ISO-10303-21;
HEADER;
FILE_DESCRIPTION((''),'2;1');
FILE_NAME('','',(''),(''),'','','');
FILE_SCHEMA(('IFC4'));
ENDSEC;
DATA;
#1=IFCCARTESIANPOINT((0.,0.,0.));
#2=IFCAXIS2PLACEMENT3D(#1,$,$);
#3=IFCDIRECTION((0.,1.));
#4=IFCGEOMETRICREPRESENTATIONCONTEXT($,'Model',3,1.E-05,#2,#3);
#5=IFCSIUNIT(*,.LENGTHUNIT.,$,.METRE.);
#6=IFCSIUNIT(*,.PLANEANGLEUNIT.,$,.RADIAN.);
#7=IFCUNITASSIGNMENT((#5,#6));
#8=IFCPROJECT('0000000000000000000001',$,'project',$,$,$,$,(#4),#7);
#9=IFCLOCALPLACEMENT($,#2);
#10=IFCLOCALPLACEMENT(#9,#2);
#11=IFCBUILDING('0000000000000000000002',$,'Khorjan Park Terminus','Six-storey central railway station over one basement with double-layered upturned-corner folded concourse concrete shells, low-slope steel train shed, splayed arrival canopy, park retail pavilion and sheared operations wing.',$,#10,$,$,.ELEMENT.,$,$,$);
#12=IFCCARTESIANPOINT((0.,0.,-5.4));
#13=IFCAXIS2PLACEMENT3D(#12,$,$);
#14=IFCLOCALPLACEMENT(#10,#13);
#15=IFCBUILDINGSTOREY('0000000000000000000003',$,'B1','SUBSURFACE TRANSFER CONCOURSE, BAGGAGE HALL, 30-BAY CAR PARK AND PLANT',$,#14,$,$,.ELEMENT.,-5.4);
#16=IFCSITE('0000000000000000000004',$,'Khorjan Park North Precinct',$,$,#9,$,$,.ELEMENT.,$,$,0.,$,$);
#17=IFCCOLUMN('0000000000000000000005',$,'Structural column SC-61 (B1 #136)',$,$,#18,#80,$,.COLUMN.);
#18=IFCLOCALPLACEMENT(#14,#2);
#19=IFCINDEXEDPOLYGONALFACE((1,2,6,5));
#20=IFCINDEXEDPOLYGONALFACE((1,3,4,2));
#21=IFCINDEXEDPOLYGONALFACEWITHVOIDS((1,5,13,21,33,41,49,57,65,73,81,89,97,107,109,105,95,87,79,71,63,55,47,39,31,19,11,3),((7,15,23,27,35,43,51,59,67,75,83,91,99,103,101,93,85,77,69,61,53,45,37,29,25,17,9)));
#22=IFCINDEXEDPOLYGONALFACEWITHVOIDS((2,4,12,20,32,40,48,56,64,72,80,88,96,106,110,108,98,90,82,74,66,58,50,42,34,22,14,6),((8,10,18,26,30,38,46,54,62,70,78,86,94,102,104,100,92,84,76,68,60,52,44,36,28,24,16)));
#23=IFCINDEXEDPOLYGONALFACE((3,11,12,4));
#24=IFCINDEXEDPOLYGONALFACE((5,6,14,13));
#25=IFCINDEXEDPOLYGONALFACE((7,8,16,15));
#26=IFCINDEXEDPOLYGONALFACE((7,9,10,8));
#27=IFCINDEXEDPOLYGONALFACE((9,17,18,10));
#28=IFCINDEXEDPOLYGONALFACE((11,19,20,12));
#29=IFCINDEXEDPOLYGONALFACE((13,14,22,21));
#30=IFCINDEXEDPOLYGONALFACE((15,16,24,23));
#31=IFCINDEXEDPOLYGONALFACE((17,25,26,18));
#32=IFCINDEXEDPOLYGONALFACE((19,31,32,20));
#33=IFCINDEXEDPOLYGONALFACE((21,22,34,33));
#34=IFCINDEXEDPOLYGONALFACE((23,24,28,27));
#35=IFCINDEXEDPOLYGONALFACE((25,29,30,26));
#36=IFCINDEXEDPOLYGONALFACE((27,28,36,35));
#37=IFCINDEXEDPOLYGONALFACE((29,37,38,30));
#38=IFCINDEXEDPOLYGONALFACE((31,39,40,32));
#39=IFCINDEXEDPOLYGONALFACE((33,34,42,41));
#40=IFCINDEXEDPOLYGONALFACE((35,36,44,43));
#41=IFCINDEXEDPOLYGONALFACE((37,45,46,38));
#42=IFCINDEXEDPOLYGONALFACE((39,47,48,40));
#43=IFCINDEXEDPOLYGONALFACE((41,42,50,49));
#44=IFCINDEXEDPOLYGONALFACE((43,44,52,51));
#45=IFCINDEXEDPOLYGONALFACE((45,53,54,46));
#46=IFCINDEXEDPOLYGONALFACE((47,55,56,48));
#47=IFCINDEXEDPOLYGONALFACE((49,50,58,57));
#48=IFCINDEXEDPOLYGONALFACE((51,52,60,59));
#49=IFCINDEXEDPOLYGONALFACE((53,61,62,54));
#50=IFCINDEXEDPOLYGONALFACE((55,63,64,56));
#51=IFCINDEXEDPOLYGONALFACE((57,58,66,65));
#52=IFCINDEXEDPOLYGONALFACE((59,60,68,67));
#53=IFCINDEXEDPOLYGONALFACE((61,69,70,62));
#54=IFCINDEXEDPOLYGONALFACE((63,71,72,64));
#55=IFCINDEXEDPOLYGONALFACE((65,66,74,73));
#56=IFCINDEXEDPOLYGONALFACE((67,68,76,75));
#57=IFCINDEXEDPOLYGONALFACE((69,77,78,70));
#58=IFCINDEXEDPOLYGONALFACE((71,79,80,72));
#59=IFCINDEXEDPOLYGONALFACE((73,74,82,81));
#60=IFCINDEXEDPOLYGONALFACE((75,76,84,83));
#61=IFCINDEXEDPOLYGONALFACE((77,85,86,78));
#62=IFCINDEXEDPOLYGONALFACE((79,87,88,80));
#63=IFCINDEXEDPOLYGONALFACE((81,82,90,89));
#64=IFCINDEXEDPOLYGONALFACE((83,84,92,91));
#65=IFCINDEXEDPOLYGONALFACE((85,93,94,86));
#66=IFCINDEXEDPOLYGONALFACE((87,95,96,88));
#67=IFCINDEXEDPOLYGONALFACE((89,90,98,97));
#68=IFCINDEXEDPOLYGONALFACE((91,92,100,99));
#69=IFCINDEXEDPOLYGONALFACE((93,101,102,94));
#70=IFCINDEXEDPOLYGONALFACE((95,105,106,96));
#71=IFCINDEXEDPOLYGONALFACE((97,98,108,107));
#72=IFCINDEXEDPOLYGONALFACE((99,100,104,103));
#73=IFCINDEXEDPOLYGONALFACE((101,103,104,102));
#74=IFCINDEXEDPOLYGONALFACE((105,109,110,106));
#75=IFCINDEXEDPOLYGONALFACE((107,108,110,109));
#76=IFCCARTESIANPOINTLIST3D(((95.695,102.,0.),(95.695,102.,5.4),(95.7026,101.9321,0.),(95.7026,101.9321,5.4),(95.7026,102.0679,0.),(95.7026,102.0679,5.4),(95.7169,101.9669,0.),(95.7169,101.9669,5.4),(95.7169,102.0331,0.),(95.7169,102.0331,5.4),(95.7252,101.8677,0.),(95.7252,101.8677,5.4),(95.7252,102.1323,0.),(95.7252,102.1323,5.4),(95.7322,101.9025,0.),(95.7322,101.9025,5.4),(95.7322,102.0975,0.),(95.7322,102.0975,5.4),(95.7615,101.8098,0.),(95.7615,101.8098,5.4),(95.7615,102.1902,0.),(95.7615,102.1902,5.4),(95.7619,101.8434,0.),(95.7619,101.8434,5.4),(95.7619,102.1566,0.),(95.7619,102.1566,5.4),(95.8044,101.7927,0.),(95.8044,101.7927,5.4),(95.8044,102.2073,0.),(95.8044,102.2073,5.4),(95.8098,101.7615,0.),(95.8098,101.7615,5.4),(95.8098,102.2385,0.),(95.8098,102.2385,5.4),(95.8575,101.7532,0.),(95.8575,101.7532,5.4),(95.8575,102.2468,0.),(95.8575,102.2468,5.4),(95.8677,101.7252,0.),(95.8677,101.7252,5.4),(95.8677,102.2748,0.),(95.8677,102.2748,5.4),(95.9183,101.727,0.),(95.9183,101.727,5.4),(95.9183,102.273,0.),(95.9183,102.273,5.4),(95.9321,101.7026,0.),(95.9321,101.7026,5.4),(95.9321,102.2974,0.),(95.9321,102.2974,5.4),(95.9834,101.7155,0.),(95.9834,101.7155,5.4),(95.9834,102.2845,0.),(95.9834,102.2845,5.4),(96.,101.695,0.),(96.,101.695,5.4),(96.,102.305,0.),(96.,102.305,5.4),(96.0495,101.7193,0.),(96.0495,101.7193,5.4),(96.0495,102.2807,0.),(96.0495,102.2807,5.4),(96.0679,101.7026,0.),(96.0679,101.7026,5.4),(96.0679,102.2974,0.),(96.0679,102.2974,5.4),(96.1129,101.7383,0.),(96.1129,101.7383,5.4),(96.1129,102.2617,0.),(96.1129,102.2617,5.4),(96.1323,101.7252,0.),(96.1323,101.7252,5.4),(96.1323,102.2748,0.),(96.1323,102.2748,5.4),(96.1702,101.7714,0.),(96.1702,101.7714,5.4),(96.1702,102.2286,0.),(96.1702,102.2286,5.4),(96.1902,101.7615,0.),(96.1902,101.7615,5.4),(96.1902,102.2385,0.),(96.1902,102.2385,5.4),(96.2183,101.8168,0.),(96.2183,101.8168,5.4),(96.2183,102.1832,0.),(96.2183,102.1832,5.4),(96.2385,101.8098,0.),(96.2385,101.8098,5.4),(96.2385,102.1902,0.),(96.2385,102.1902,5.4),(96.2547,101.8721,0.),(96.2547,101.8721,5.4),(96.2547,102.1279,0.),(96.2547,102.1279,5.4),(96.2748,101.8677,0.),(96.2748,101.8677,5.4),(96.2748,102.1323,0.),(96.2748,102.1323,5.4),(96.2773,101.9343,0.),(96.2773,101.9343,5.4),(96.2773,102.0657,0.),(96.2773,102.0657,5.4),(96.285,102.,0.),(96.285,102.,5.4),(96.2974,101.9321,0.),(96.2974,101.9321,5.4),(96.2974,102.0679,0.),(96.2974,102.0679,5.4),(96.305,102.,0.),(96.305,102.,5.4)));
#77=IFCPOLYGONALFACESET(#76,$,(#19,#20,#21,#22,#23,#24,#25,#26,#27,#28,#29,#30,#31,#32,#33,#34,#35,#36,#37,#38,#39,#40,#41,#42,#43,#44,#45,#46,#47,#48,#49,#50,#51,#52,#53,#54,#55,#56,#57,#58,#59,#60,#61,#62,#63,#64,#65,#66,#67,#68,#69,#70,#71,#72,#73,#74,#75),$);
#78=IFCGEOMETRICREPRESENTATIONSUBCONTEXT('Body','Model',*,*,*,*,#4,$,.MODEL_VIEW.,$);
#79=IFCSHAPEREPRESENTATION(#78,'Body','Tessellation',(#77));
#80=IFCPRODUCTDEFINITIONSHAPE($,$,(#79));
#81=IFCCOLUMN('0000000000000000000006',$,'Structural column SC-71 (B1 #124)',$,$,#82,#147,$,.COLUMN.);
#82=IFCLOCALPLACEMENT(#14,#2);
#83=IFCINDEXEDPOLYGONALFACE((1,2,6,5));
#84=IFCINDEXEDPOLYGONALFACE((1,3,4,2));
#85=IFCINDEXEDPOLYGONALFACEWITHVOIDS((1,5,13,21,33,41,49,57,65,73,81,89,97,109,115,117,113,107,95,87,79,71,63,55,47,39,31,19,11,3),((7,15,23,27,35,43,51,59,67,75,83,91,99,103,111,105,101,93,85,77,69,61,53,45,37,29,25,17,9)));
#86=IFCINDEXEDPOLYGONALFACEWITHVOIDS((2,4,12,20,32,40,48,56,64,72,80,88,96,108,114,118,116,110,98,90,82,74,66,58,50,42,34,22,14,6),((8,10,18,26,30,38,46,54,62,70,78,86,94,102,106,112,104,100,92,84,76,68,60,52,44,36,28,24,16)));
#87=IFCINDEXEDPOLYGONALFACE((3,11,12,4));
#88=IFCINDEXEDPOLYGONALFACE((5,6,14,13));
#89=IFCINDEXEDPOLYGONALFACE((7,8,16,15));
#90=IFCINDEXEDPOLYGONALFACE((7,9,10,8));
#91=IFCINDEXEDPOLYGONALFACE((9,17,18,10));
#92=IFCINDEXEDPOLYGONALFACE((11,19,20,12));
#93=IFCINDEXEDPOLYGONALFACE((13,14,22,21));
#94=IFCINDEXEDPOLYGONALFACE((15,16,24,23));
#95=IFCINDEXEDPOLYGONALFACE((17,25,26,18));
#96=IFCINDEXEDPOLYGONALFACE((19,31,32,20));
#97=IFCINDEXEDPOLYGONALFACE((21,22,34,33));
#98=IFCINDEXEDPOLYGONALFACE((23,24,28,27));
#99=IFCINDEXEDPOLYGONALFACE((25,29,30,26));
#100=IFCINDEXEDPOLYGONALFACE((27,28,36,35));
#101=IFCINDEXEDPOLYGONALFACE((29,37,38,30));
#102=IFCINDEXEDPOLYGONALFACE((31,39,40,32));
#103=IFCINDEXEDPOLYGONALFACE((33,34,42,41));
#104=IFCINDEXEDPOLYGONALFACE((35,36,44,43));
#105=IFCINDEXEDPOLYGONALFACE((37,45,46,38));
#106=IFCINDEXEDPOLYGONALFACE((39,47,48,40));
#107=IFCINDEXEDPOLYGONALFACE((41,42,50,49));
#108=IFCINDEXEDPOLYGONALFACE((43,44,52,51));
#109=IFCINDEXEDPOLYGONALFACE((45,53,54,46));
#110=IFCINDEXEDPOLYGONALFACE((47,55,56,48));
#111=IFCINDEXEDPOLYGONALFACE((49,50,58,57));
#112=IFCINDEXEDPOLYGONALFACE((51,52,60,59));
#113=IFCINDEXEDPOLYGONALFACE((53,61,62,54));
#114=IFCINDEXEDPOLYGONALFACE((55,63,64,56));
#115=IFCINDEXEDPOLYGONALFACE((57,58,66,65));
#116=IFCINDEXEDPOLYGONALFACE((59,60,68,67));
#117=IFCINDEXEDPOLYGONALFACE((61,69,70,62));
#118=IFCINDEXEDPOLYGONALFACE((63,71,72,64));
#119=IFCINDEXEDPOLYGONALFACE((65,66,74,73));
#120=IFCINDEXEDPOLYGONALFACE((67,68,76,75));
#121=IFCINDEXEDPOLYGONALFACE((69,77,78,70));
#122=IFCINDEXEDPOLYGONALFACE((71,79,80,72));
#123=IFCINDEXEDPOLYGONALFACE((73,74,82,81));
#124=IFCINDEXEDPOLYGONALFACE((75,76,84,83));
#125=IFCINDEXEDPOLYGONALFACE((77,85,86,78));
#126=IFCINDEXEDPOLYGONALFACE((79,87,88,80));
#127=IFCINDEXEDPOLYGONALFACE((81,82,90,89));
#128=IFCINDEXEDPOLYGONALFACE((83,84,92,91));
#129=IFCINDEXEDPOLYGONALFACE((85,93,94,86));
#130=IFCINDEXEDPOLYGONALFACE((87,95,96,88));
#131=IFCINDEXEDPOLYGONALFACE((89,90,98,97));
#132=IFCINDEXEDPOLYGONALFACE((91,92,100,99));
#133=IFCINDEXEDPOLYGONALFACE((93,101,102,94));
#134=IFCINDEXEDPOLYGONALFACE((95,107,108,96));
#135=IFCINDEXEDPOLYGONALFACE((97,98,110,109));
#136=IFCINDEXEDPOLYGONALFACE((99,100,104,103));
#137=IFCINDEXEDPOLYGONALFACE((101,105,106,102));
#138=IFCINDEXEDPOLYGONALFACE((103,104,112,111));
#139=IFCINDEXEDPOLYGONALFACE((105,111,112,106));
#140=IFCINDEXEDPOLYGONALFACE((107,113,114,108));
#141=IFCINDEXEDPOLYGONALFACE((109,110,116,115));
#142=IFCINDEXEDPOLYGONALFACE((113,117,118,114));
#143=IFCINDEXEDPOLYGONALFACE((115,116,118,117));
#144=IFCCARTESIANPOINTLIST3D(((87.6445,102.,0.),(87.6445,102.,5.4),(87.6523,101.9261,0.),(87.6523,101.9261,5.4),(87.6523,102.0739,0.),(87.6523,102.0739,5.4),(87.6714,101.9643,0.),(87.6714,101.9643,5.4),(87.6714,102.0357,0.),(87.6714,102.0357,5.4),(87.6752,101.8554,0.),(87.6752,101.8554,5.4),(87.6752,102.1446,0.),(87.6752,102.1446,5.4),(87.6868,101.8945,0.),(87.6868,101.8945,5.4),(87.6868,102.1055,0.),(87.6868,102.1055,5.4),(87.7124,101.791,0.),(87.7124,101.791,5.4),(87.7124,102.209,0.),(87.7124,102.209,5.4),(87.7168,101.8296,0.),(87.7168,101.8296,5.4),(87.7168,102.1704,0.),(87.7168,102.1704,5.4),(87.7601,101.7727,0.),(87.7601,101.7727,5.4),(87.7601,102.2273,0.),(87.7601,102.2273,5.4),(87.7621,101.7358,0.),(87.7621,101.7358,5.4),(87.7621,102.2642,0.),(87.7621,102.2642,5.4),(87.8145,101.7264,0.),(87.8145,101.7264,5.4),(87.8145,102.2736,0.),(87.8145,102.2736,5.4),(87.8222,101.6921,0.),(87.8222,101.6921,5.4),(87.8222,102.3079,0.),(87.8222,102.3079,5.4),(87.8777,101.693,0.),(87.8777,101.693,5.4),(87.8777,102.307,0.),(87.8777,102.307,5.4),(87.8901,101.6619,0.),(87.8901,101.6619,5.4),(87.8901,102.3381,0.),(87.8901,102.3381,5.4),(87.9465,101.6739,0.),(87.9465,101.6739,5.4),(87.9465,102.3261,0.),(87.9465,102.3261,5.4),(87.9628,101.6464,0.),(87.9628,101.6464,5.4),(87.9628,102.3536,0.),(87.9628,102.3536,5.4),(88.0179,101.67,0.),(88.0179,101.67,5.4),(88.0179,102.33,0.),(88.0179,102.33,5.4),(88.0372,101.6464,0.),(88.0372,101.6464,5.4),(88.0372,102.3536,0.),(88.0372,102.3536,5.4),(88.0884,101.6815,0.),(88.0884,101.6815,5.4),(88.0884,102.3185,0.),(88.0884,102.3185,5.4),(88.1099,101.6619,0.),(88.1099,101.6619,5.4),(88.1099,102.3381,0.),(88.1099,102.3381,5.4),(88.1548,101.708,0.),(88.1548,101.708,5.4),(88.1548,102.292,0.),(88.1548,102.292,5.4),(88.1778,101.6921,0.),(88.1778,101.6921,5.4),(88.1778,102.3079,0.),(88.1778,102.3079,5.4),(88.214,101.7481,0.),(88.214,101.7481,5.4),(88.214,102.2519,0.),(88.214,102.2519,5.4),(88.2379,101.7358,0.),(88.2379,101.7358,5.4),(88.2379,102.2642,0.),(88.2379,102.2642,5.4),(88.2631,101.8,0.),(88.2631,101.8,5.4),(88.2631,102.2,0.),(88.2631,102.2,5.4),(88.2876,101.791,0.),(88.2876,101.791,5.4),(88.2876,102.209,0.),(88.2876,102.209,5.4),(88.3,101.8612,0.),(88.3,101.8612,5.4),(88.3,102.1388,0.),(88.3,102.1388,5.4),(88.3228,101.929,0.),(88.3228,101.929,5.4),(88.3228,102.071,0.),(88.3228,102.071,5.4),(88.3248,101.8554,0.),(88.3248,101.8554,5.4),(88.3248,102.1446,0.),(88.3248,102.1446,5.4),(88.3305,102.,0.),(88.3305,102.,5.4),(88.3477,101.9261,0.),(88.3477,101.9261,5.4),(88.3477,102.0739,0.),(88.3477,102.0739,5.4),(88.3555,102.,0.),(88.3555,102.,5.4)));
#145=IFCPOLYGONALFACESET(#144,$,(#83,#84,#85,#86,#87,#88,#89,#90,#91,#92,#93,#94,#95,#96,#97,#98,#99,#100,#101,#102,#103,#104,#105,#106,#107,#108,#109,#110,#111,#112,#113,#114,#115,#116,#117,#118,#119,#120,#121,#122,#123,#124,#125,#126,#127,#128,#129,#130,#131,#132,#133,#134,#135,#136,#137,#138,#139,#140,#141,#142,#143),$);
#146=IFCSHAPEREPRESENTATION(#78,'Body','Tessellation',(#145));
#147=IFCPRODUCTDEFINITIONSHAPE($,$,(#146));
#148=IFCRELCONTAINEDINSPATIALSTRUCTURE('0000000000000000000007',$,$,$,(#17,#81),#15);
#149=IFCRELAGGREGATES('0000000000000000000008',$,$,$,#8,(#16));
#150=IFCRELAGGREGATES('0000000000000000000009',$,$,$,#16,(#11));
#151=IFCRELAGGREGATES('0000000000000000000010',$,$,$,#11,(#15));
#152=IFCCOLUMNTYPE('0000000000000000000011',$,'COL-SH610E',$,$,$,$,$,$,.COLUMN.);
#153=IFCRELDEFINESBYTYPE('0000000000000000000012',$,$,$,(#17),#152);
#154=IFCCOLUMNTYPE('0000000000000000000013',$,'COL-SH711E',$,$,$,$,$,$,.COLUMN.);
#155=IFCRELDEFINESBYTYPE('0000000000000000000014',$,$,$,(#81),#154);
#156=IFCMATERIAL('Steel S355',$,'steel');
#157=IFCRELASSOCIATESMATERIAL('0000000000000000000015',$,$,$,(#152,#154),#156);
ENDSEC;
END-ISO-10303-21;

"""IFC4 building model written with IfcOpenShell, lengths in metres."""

from ifc_helpers import new_model, si_unit, direction, frame, origin, origin_2d, place, context, subcontext, project, spatial, hollow_circle, extrude, material, material_profile, profile_set, type_object, element, save


model = new_model("IFC4")

# Units and contexts
model_context = context("Model", 3, precision=1e-05, world=origin(), true_north=direction((0.0, 1.0)))
body_context = subcontext(model_context, "Body", "Model", "MODEL_VIEW")
ifc_project = project(units=[si_unit("LENGTHUNIT", "METRE"), si_unit("PLANEANGLEUNIT", "RADIAN")], contexts=[model_context])

# Site, building, storey
site_placement = place(None, origin())
site = spatial("IfcSite", under=ifc_project, at=site_placement, Name="Khorjan Park North Precinct", CompositionType="ELEMENT", RefElevation=0.0)
building_placement = place(site_placement, origin())
building = spatial("IfcBuilding", under=site, at=building_placement, Name="Khorjan Park Terminus", Description="Six-storey central railway station over one basement with double-layered upturned-corner folded concourse concrete shells, low-slope steel train shed, splayed arrival canopy, park retail pavilion and sheared operations wing.", CompositionType="ELEMENT")
storey_placement = place(building_placement, frame((0.0, 0.0, -5.4)))
storey = spatial("IfcBuildingStorey", under=building, at=storey_placement, Name="B1", Description="SUBSURFACE TRANSFER CONCOURSE, BAGGAGE HALL, 30-BAY CAR PARK AND PLANT", CompositionType="ELEMENT", Elevation=-5.4)

# Columns
ifc_material_1 = material(Name="Steel S355", Category="steel")
ifc_material_profile_1 = material_profile(ifc_material_1, hollow_circle(Radius=0.305, WallThickness=0.02, at=origin_2d()), Name="CHS 610x20")
ifc_profile_set_1 = profile_set([ifc_material_profile_1], Name="Steel S355")
column_type_1 = type_object("IfcColumnType", Name="COL-SH610E", PredefinedType="COLUMN", material=ifc_profile_set_1)
column_1_placement = place(storey_placement, frame((96.0, 102.0, 0.0), z_axis=(0.0, 0.0, 1.0), x_axis=(1.0, 0.0, 0.0)))
element("IfcColumn", 1, at=column_1_placement, inside=storey, type_object=column_type_1, Name="Structural column SC-61 (B1 #136)", PredefinedType="COLUMN", context=body_context, shape_type="SweptSolid", body=[
    extrude(hollow_circle(Radius=0.305, WallThickness=0.02, at=origin_2d()), origin(), (0.0, 0.0, 1.0), 5.4),
])
ifc_material_profile_2 = material_profile(ifc_material_1, hollow_circle(Radius=0.3555, WallThickness=0.025, at=origin_2d()), Name="CHS 711x25")
ifc_profile_set_2 = profile_set([ifc_material_profile_2], Name="Steel S355")
column_type_2 = type_object("IfcColumnType", Name="COL-SH711E", PredefinedType="COLUMN", material=ifc_profile_set_2)
column_2_placement = place(storey_placement, frame((88.0, 102.0, 0.0), z_axis=(0.0, 0.0, 1.0), x_axis=(1.0, 0.0, 0.0)))
element("IfcColumn", 2, at=column_2_placement, inside=storey, type_object=column_type_2, Name="Structural column SC-71 (B1 #124)", PredefinedType="COLUMN", context=body_context, shape_type="SweptSolid", body=[
    extrude(hollow_circle(Radius=0.3555, WallThickness=0.025, at=origin_2d()), origin(), (0.0, 0.0, 1.0), 5.4),
])

save(model, "model.ifc")
